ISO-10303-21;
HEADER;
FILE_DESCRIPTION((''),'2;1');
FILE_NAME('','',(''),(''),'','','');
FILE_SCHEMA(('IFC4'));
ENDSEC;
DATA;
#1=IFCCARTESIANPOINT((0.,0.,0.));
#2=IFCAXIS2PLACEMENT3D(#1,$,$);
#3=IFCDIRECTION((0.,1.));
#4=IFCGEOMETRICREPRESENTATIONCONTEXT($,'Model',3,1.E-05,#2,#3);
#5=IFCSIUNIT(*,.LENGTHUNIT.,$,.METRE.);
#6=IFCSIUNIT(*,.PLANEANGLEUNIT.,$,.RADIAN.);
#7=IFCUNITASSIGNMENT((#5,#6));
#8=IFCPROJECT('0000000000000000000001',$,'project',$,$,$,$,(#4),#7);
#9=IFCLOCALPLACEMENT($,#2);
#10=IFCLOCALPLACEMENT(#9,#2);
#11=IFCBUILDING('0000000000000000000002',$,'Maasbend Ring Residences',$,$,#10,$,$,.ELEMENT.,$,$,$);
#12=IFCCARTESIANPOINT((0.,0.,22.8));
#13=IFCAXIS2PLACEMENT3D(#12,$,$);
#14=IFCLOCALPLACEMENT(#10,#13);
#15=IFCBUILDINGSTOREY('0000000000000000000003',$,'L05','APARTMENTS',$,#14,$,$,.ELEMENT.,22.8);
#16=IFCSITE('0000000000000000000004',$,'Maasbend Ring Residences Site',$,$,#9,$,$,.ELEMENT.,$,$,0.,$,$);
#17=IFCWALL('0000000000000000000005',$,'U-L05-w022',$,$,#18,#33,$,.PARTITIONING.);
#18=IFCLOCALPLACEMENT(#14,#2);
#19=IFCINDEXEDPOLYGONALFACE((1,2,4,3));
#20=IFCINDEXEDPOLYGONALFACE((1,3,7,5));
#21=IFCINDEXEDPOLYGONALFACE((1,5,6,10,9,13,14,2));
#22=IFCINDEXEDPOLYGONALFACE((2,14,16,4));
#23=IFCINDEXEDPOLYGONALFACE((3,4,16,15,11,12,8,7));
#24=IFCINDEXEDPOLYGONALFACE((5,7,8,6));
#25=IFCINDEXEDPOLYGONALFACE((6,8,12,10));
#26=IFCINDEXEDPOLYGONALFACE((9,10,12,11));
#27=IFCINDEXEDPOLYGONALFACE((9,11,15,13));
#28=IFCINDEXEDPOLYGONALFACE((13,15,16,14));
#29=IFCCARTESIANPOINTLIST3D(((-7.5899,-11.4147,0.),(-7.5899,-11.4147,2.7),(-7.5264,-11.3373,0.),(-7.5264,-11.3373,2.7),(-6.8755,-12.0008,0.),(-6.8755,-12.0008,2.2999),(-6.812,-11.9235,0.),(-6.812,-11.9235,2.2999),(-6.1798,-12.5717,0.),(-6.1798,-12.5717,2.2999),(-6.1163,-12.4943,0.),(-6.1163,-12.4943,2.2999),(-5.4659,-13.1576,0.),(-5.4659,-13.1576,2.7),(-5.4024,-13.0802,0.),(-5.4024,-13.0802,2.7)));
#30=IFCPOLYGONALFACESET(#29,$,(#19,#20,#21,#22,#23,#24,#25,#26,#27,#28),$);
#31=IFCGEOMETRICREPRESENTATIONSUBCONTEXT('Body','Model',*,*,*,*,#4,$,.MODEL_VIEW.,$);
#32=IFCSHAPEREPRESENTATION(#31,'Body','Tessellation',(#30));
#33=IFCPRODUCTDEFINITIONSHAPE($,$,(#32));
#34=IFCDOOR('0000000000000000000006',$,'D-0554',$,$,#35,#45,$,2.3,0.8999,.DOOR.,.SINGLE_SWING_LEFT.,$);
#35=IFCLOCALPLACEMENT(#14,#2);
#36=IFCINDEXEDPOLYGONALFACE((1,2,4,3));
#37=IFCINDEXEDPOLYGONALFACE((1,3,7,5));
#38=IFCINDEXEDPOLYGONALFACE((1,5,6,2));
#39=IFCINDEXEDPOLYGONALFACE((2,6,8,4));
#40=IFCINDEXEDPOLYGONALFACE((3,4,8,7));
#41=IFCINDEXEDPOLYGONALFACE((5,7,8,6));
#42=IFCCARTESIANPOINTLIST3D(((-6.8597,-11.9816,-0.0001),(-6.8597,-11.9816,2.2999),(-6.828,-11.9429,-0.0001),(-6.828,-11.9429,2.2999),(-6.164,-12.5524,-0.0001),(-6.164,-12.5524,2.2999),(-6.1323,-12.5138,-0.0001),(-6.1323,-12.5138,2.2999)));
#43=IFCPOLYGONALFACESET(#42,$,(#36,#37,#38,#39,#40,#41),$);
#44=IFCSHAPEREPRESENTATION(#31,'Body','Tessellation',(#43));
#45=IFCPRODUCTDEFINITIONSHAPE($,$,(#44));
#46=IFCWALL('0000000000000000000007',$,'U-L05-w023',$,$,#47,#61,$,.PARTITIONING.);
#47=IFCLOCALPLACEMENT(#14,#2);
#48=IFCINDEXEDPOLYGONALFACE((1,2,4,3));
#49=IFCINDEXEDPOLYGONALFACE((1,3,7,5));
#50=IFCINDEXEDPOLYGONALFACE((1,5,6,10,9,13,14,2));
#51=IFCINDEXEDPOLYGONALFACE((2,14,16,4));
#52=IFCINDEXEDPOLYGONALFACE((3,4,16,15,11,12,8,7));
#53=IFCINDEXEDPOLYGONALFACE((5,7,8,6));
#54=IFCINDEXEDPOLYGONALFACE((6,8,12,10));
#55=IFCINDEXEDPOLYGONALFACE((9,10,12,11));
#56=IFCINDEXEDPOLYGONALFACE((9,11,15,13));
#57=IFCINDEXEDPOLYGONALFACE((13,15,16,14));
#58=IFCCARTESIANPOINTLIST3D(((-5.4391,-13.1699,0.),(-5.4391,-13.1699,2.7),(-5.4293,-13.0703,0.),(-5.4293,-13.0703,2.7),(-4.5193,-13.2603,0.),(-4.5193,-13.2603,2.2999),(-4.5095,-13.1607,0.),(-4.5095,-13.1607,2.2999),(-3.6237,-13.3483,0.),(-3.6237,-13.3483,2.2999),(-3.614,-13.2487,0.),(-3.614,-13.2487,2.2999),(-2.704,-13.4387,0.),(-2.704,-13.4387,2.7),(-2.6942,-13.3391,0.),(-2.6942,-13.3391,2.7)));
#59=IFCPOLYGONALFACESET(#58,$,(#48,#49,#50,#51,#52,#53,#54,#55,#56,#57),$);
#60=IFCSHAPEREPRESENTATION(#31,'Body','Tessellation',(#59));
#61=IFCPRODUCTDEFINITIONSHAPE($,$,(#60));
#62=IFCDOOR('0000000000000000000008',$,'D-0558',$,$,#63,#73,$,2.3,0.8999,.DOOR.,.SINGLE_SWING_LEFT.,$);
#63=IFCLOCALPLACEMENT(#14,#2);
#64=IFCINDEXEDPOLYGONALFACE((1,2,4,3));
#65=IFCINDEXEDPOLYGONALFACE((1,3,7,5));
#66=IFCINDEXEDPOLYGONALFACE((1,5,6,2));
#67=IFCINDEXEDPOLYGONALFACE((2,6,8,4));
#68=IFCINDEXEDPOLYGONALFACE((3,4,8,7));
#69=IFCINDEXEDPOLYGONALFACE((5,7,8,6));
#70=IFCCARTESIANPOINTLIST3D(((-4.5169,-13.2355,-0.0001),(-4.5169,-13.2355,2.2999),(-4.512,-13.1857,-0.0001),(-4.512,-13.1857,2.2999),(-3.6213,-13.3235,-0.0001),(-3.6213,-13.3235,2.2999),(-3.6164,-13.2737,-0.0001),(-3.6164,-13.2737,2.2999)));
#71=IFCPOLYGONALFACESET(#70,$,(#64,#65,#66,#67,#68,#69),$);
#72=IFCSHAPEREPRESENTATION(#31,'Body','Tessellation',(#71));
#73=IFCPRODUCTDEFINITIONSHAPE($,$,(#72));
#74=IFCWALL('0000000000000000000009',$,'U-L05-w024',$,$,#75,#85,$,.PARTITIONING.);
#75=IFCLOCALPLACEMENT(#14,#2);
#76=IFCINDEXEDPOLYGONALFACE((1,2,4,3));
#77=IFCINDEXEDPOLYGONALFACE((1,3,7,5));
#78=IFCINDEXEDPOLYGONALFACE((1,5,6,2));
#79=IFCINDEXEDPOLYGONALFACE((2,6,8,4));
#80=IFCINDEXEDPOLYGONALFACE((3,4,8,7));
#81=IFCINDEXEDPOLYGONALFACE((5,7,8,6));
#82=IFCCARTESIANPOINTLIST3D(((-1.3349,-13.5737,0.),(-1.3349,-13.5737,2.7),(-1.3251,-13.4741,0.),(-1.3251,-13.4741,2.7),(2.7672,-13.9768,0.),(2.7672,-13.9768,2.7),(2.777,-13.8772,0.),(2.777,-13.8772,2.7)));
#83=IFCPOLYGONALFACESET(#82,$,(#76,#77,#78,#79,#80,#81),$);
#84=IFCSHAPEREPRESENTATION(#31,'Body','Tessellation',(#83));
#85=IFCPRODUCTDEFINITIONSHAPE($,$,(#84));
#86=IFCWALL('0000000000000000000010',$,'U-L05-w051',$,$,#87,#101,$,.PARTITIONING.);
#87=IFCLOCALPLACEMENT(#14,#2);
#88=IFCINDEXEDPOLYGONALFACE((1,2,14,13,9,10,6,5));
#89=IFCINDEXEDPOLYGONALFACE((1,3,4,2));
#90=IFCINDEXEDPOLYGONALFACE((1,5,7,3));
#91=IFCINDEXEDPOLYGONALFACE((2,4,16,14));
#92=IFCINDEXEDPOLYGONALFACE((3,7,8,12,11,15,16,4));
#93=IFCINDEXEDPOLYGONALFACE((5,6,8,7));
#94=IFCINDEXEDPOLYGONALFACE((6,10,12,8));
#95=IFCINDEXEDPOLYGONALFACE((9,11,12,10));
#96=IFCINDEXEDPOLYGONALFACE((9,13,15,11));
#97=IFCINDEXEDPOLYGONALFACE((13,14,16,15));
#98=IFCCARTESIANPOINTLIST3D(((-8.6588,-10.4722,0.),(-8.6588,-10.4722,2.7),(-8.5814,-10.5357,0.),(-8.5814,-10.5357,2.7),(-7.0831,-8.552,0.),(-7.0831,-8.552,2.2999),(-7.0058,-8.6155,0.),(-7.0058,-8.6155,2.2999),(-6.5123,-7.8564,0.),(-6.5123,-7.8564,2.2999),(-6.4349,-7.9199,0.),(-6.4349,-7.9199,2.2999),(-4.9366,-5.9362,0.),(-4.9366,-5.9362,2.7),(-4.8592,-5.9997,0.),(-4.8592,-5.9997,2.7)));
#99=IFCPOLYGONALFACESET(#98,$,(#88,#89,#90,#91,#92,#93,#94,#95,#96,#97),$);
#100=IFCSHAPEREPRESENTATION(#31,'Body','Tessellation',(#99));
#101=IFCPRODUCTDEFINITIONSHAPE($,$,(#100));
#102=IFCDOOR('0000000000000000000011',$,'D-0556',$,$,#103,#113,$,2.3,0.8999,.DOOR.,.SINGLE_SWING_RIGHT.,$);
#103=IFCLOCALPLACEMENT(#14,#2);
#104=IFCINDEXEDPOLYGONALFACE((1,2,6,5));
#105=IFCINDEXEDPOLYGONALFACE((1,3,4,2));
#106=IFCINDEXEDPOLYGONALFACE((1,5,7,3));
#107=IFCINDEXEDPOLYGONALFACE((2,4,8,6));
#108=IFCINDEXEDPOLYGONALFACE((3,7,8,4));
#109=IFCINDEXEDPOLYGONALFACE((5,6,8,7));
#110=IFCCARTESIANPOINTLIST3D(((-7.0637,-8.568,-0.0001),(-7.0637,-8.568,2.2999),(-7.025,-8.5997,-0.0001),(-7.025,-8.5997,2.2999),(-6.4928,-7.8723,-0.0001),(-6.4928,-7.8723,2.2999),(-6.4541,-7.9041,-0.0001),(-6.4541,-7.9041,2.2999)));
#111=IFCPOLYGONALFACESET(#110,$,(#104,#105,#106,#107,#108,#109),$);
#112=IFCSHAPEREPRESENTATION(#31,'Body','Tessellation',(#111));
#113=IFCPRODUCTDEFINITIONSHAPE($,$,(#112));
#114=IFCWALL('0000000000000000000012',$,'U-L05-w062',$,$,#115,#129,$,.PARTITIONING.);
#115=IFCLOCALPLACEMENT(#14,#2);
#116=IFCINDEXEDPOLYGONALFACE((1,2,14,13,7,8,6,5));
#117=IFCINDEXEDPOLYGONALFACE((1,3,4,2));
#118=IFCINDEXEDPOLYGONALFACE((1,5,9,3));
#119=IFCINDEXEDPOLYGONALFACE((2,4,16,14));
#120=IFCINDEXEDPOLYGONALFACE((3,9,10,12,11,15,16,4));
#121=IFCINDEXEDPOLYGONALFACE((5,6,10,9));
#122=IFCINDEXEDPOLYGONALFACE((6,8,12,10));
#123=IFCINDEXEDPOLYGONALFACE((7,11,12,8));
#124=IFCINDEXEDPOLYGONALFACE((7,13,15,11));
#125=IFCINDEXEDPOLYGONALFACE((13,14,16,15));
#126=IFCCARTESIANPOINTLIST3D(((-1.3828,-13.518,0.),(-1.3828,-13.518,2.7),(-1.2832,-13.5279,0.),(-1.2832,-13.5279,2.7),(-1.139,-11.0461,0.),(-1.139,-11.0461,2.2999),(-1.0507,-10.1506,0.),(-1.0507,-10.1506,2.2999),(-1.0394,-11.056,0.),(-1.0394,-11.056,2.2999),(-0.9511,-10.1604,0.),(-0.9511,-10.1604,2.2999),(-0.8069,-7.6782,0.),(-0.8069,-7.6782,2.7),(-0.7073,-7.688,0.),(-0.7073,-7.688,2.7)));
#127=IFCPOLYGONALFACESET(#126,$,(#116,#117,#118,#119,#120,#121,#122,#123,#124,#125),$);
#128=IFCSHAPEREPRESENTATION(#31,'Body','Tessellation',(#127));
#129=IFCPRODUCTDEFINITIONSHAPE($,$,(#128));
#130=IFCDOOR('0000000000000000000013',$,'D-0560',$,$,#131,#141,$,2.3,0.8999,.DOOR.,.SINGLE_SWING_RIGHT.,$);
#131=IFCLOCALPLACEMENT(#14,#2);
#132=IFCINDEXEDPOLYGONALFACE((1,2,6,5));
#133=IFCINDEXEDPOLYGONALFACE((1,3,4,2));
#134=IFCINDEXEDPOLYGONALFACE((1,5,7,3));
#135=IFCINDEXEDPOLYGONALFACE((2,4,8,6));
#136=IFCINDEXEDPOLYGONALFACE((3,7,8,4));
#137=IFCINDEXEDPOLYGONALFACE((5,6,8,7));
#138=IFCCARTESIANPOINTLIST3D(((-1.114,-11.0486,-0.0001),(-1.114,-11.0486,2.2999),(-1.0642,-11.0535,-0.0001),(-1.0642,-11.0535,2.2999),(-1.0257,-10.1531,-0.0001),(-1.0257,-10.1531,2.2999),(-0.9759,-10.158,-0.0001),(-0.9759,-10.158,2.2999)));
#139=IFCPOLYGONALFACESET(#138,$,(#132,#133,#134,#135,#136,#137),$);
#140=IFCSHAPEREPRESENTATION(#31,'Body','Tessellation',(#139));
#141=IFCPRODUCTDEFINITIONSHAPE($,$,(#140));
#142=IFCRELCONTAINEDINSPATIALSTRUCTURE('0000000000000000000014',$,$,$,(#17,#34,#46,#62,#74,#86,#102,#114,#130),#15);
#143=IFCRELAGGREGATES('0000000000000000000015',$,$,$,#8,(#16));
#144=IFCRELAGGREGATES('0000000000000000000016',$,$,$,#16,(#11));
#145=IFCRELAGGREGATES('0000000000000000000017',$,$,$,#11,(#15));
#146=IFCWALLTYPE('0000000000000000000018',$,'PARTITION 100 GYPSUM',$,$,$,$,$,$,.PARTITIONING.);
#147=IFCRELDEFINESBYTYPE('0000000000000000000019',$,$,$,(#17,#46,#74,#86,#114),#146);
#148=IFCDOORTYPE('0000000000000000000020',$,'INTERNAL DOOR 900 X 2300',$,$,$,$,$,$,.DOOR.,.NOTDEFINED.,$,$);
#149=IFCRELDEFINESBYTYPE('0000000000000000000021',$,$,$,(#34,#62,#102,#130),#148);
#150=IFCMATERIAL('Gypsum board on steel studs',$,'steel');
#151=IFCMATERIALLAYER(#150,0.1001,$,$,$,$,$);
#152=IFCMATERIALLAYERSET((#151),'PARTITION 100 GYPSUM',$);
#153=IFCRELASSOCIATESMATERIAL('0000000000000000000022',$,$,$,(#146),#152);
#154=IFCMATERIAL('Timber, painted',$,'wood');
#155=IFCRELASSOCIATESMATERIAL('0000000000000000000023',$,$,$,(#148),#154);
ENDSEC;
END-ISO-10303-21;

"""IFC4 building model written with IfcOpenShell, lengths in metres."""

from ifc_helpers import new_model, si_unit, direction, frame, frame_2d, origin, place, context, subcontext, project, spatial, rectangle, extrude, material, layer, layer_set, type_object, element, fill, save


model = new_model("IFC4")

# Units and contexts
model_context = context("Model", 3, precision=1e-05, world=origin(), true_north=direction((0.0, 1.0)))
body_context = subcontext(model_context, "Body", "Model", "MODEL_VIEW")
ifc_project = project(units=[si_unit("LENGTHUNIT", "METRE"), si_unit("PLANEANGLEUNIT", "RADIAN")], contexts=[model_context])

# Site, building, storey
site_placement = place(None, origin())
site = spatial("IfcSite", under=ifc_project, at=site_placement, Name="Maasbend Ring Residences Site", CompositionType="ELEMENT", RefElevation=0.0)
building_placement = place(site_placement, origin())
building = spatial("IfcBuilding", under=site, at=building_placement, Name="Maasbend Ring Residences", CompositionType="ELEMENT")
storey_placement = place(building_placement, frame((0.0, 0.0, 22.8)))
storey = spatial("IfcBuildingStorey", under=building, at=storey_placement, Name="L05", Description="APARTMENTS", CompositionType="ELEMENT", Elevation=22.8)

# Walls, openings, doors
ifc_material_1 = material(Name="Gypsum board on steel studs", Category="steel")
ifc_layer_1 = layer(ifc_material_1, 0.1001)
ifc_layer_set_1 = layer_set([ifc_layer_1], Name="PARTITION 100 GYPSUM")
wall_type = type_object("IfcWallType", Name="PARTITION 100 GYPSUM", PredefinedType="PARTITIONING", material=ifc_layer_set_1)
wall_1_placement = place(storey_placement, frame((-7.5581, -11.376, 0.0), z_axis=(0.0, 0.0, 1.0), x_axis=(0.77305, -0.634345, 0.0)))
wall_1 = element("IfcWall", 1, at=wall_1_placement, inside=storey, type_object=wall_type, Name="U-L05-w022", PredefinedType="PARTITIONING", context=body_context, shape_type="SweptSolid", body=[
    extrude(rectangle(XDim=2.7476, YDim=0.1001, at=frame_2d((1.3738, 0.0))), origin(), (0.0, 0.0, 1.0), 2.7),
])
opening_1_placement = place(wall_1_placement, frame((0.9241, 0.0, 0.0)))
opening_1 = element("IfcOpeningElement", 2, at=opening_1_placement, cuts=wall_1, PredefinedType="OPENING", context=body_context, shape_type="SweptSolid", body=[
    extrude(rectangle(XDim=0.8999, YDim=2.3, at=frame_2d((0.45, 1.1499))), frame((0.0, 0.0601, 0.0), z_axis=(0.0, -1.0, 0.0), x_axis=(1.0, 0.0, 0.0)), (0.0, 0.0, 1.0), 0.1201),
])
ifc_material_2 = material(Name="Timber, painted", Category="wood")
door_type = type_object("IfcDoorType", Name="INTERNAL DOOR 900 X 2300", OperationType="NOTDEFINED", PredefinedType="DOOR", material=ifc_material_2)
door_1_placement = place(opening_1_placement, origin())
door_1 = element("IfcDoor", 3, at=door_1_placement, inside=storey, type_object=door_type, Name="D-0554", OperationType="SINGLE_SWING_LEFT", OverallHeight=2.3, OverallWidth=0.8999, PredefinedType="DOOR", context=body_context, shape_type="SweptSolid", body=[
    extrude(rectangle(XDim=0.8999, YDim=2.3, at=frame_2d((0.45, 1.1499))), frame((0.0, 0.0249, 0.0), z_axis=(0.0, -1.0, 0.0), x_axis=(1.0, 0.0, 0.0)), (0.0, 0.0, 1.0), 0.05),
])
fill(opening_1, door_1)
wall_2_placement = place(storey_placement, frame((-5.4341, -13.1201, 0.0), z_axis=(0.0, 0.0, 1.0), x_axis=(0.995205, -0.097806, 0.0)))
wall_2 = element("IfcWall", 4, at=wall_2_placement, inside=storey, type_object=wall_type, Name="U-L05-w023", PredefinedType="PARTITIONING", context=body_context, shape_type="SweptSolid", body=[
    extrude(rectangle(XDim=2.7483, YDim=0.1001, at=frame_2d((1.374, 0.0))), origin(), (0.0, 0.0, 1.0), 2.7),
])
opening_2_placement = place(wall_2_placement, frame((0.9241, 0.0, 0.0)))
opening_2 = element("IfcOpeningElement", 5, at=opening_2_placement, cuts=wall_2, PredefinedType="OPENING", context=body_context, shape_type="SweptSolid", body=[
    extrude(rectangle(XDim=0.8999, YDim=2.3, at=frame_2d((0.45, 1.1499))), frame((0.0, 0.0601, 0.0), z_axis=(0.0, -1.0, 0.0), x_axis=(1.0, 0.0, 0.0)), (0.0, 0.0, 1.0), 0.1201),
])
door_2_placement = place(opening_2_placement, origin())
door_2 = element("IfcDoor", 6, at=door_2_placement, inside=storey, type_object=door_type, Name="D-0558", OperationType="SINGLE_SWING_LEFT", OverallHeight=2.3, OverallWidth=0.8999, PredefinedType="DOOR", context=body_context, shape_type="SweptSolid", body=[
    extrude(rectangle(XDim=0.8999, YDim=2.3, at=frame_2d((0.45, 1.1499))), frame((0.0, 0.0249, 0.0), z_axis=(0.0, -1.0, 0.0), x_axis=(1.0, 0.0, 0.0)), (0.0, 0.0, 1.0), 0.05),
])
fill(opening_2, door_2)

# Wall
wall_3_placement = place(storey_placement, frame((-1.3301, -13.5239, 0.0), z_axis=(0.0, 0.0, 1.0), x_axis=(0.995207, -0.097791, 0.0)))
element("IfcWall", 7, at=wall_3_placement, inside=storey, type_object=wall_type, Name="U-L05-w024", PredefinedType="PARTITIONING", context=body_context, shape_type="SweptSolid", body=[
    extrude(rectangle(XDim=4.1218, YDim=0.1001, at=frame_2d((2.061, 0.0))), origin(), (0.0, 0.0, 1.0), 2.7),
])

# Walls, openings, doors
wall_4_placement = place(storey_placement, frame((-8.6201, -10.5039, 0.0), z_axis=(0.0, 0.0, 1.0), x_axis=(0.634359, 0.773039, 0.0)))
wall_4 = element("IfcWall", 8, at=wall_4_placement, inside=storey, type_object=wall_type, Name="U-L05-w051", PredefinedType="PARTITIONING", context=body_context, shape_type="SweptSolid", body=[
    extrude(rectangle(XDim=5.8677, YDim=0.1001, at=frame_2d((2.9338, 0.0))), origin(), (0.0, 0.0, 1.0), 2.7),
])
opening_3_placement = place(wall_4_placement, frame((2.4839, 0.0, 0.0)))
opening_3 = element("IfcOpeningElement", 9, at=opening_3_placement, cuts=wall_4, PredefinedType="OPENING", context=body_context, shape_type="SweptSolid", body=[
    extrude(rectangle(XDim=0.8999, YDim=2.3, at=frame_2d((0.45, 1.1499))), frame((0.0, 0.0601, 0.0), z_axis=(0.0, -1.0, 0.0), x_axis=(1.0, 0.0, 0.0)), (0.0, 0.0, 1.0), 0.1201),
])
door_3_placement = place(opening_3_placement, origin())
door_3 = element("IfcDoor", 10, at=door_3_placement, inside=storey, type_object=door_type, Name="D-0556", OperationType="SINGLE_SWING_RIGHT", OverallHeight=2.3, OverallWidth=0.8999, PredefinedType="DOOR", context=body_context, shape_type="SweptSolid", body=[
    extrude(rectangle(XDim=0.8999, YDim=2.3, at=frame_2d((0.45, 1.1499))), frame((0.0, 0.0249, 0.0), z_axis=(0.0, -1.0, 0.0), x_axis=(1.0, 0.0, 0.0)), (0.0, 0.0, 1.0), 0.05),
])
fill(opening_3, door_3)
wall_5_placement = place(storey_placement, frame((-1.333, -13.5229, 0.0), z_axis=(0.0, 0.0, 1.0), x_axis=(0.098144, 0.995172, 0.0)))
wall_5 = element("IfcWall", 11, at=wall_5_placement, inside=storey, type_object=wall_type, Name="U-L05-w062", PredefinedType="PARTITIONING", context=body_context, shape_type="SweptSolid", body=[
    extrude(rectangle(XDim=5.8682, YDim=0.1001, at=frame_2d((2.9341, 0.0))), origin(), (0.0, 0.0, 1.0), 2.7),
])
opening_4_placement = place(wall_5_placement, frame((2.4839, 0.0, 0.0)))
opening_4 = element("IfcOpeningElement", 12, at=opening_4_placement, cuts=wall_5, PredefinedType="OPENING", context=body_context, shape_type="SweptSolid", body=[
    extrude(rectangle(XDim=0.8999, YDim=2.3, at=frame_2d((0.45, 1.1499))), frame((0.0, 0.0601, 0.0), z_axis=(0.0, -1.0, 0.0), x_axis=(1.0, 0.0, 0.0)), (0.0, 0.0, 1.0), 0.1201),
])
door_4_placement = place(opening_4_placement, origin())
door_4 = element("IfcDoor", 13, at=door_4_placement, inside=storey, type_object=door_type, Name="D-0560", OperationType="SINGLE_SWING_RIGHT", OverallHeight=2.3, OverallWidth=0.8999, PredefinedType="DOOR", context=body_context, shape_type="SweptSolid", body=[
    extrude(rectangle(XDim=0.8999, YDim=2.3, at=frame_2d((0.45, 1.1499))), frame((0.0, 0.0249, 0.0), z_axis=(0.0, -1.0, 0.0), x_axis=(1.0, 0.0, 0.0)), (0.0, 0.0, 1.0), 0.05),
])
fill(opening_4, door_4)

save(model, "model.ifc")
